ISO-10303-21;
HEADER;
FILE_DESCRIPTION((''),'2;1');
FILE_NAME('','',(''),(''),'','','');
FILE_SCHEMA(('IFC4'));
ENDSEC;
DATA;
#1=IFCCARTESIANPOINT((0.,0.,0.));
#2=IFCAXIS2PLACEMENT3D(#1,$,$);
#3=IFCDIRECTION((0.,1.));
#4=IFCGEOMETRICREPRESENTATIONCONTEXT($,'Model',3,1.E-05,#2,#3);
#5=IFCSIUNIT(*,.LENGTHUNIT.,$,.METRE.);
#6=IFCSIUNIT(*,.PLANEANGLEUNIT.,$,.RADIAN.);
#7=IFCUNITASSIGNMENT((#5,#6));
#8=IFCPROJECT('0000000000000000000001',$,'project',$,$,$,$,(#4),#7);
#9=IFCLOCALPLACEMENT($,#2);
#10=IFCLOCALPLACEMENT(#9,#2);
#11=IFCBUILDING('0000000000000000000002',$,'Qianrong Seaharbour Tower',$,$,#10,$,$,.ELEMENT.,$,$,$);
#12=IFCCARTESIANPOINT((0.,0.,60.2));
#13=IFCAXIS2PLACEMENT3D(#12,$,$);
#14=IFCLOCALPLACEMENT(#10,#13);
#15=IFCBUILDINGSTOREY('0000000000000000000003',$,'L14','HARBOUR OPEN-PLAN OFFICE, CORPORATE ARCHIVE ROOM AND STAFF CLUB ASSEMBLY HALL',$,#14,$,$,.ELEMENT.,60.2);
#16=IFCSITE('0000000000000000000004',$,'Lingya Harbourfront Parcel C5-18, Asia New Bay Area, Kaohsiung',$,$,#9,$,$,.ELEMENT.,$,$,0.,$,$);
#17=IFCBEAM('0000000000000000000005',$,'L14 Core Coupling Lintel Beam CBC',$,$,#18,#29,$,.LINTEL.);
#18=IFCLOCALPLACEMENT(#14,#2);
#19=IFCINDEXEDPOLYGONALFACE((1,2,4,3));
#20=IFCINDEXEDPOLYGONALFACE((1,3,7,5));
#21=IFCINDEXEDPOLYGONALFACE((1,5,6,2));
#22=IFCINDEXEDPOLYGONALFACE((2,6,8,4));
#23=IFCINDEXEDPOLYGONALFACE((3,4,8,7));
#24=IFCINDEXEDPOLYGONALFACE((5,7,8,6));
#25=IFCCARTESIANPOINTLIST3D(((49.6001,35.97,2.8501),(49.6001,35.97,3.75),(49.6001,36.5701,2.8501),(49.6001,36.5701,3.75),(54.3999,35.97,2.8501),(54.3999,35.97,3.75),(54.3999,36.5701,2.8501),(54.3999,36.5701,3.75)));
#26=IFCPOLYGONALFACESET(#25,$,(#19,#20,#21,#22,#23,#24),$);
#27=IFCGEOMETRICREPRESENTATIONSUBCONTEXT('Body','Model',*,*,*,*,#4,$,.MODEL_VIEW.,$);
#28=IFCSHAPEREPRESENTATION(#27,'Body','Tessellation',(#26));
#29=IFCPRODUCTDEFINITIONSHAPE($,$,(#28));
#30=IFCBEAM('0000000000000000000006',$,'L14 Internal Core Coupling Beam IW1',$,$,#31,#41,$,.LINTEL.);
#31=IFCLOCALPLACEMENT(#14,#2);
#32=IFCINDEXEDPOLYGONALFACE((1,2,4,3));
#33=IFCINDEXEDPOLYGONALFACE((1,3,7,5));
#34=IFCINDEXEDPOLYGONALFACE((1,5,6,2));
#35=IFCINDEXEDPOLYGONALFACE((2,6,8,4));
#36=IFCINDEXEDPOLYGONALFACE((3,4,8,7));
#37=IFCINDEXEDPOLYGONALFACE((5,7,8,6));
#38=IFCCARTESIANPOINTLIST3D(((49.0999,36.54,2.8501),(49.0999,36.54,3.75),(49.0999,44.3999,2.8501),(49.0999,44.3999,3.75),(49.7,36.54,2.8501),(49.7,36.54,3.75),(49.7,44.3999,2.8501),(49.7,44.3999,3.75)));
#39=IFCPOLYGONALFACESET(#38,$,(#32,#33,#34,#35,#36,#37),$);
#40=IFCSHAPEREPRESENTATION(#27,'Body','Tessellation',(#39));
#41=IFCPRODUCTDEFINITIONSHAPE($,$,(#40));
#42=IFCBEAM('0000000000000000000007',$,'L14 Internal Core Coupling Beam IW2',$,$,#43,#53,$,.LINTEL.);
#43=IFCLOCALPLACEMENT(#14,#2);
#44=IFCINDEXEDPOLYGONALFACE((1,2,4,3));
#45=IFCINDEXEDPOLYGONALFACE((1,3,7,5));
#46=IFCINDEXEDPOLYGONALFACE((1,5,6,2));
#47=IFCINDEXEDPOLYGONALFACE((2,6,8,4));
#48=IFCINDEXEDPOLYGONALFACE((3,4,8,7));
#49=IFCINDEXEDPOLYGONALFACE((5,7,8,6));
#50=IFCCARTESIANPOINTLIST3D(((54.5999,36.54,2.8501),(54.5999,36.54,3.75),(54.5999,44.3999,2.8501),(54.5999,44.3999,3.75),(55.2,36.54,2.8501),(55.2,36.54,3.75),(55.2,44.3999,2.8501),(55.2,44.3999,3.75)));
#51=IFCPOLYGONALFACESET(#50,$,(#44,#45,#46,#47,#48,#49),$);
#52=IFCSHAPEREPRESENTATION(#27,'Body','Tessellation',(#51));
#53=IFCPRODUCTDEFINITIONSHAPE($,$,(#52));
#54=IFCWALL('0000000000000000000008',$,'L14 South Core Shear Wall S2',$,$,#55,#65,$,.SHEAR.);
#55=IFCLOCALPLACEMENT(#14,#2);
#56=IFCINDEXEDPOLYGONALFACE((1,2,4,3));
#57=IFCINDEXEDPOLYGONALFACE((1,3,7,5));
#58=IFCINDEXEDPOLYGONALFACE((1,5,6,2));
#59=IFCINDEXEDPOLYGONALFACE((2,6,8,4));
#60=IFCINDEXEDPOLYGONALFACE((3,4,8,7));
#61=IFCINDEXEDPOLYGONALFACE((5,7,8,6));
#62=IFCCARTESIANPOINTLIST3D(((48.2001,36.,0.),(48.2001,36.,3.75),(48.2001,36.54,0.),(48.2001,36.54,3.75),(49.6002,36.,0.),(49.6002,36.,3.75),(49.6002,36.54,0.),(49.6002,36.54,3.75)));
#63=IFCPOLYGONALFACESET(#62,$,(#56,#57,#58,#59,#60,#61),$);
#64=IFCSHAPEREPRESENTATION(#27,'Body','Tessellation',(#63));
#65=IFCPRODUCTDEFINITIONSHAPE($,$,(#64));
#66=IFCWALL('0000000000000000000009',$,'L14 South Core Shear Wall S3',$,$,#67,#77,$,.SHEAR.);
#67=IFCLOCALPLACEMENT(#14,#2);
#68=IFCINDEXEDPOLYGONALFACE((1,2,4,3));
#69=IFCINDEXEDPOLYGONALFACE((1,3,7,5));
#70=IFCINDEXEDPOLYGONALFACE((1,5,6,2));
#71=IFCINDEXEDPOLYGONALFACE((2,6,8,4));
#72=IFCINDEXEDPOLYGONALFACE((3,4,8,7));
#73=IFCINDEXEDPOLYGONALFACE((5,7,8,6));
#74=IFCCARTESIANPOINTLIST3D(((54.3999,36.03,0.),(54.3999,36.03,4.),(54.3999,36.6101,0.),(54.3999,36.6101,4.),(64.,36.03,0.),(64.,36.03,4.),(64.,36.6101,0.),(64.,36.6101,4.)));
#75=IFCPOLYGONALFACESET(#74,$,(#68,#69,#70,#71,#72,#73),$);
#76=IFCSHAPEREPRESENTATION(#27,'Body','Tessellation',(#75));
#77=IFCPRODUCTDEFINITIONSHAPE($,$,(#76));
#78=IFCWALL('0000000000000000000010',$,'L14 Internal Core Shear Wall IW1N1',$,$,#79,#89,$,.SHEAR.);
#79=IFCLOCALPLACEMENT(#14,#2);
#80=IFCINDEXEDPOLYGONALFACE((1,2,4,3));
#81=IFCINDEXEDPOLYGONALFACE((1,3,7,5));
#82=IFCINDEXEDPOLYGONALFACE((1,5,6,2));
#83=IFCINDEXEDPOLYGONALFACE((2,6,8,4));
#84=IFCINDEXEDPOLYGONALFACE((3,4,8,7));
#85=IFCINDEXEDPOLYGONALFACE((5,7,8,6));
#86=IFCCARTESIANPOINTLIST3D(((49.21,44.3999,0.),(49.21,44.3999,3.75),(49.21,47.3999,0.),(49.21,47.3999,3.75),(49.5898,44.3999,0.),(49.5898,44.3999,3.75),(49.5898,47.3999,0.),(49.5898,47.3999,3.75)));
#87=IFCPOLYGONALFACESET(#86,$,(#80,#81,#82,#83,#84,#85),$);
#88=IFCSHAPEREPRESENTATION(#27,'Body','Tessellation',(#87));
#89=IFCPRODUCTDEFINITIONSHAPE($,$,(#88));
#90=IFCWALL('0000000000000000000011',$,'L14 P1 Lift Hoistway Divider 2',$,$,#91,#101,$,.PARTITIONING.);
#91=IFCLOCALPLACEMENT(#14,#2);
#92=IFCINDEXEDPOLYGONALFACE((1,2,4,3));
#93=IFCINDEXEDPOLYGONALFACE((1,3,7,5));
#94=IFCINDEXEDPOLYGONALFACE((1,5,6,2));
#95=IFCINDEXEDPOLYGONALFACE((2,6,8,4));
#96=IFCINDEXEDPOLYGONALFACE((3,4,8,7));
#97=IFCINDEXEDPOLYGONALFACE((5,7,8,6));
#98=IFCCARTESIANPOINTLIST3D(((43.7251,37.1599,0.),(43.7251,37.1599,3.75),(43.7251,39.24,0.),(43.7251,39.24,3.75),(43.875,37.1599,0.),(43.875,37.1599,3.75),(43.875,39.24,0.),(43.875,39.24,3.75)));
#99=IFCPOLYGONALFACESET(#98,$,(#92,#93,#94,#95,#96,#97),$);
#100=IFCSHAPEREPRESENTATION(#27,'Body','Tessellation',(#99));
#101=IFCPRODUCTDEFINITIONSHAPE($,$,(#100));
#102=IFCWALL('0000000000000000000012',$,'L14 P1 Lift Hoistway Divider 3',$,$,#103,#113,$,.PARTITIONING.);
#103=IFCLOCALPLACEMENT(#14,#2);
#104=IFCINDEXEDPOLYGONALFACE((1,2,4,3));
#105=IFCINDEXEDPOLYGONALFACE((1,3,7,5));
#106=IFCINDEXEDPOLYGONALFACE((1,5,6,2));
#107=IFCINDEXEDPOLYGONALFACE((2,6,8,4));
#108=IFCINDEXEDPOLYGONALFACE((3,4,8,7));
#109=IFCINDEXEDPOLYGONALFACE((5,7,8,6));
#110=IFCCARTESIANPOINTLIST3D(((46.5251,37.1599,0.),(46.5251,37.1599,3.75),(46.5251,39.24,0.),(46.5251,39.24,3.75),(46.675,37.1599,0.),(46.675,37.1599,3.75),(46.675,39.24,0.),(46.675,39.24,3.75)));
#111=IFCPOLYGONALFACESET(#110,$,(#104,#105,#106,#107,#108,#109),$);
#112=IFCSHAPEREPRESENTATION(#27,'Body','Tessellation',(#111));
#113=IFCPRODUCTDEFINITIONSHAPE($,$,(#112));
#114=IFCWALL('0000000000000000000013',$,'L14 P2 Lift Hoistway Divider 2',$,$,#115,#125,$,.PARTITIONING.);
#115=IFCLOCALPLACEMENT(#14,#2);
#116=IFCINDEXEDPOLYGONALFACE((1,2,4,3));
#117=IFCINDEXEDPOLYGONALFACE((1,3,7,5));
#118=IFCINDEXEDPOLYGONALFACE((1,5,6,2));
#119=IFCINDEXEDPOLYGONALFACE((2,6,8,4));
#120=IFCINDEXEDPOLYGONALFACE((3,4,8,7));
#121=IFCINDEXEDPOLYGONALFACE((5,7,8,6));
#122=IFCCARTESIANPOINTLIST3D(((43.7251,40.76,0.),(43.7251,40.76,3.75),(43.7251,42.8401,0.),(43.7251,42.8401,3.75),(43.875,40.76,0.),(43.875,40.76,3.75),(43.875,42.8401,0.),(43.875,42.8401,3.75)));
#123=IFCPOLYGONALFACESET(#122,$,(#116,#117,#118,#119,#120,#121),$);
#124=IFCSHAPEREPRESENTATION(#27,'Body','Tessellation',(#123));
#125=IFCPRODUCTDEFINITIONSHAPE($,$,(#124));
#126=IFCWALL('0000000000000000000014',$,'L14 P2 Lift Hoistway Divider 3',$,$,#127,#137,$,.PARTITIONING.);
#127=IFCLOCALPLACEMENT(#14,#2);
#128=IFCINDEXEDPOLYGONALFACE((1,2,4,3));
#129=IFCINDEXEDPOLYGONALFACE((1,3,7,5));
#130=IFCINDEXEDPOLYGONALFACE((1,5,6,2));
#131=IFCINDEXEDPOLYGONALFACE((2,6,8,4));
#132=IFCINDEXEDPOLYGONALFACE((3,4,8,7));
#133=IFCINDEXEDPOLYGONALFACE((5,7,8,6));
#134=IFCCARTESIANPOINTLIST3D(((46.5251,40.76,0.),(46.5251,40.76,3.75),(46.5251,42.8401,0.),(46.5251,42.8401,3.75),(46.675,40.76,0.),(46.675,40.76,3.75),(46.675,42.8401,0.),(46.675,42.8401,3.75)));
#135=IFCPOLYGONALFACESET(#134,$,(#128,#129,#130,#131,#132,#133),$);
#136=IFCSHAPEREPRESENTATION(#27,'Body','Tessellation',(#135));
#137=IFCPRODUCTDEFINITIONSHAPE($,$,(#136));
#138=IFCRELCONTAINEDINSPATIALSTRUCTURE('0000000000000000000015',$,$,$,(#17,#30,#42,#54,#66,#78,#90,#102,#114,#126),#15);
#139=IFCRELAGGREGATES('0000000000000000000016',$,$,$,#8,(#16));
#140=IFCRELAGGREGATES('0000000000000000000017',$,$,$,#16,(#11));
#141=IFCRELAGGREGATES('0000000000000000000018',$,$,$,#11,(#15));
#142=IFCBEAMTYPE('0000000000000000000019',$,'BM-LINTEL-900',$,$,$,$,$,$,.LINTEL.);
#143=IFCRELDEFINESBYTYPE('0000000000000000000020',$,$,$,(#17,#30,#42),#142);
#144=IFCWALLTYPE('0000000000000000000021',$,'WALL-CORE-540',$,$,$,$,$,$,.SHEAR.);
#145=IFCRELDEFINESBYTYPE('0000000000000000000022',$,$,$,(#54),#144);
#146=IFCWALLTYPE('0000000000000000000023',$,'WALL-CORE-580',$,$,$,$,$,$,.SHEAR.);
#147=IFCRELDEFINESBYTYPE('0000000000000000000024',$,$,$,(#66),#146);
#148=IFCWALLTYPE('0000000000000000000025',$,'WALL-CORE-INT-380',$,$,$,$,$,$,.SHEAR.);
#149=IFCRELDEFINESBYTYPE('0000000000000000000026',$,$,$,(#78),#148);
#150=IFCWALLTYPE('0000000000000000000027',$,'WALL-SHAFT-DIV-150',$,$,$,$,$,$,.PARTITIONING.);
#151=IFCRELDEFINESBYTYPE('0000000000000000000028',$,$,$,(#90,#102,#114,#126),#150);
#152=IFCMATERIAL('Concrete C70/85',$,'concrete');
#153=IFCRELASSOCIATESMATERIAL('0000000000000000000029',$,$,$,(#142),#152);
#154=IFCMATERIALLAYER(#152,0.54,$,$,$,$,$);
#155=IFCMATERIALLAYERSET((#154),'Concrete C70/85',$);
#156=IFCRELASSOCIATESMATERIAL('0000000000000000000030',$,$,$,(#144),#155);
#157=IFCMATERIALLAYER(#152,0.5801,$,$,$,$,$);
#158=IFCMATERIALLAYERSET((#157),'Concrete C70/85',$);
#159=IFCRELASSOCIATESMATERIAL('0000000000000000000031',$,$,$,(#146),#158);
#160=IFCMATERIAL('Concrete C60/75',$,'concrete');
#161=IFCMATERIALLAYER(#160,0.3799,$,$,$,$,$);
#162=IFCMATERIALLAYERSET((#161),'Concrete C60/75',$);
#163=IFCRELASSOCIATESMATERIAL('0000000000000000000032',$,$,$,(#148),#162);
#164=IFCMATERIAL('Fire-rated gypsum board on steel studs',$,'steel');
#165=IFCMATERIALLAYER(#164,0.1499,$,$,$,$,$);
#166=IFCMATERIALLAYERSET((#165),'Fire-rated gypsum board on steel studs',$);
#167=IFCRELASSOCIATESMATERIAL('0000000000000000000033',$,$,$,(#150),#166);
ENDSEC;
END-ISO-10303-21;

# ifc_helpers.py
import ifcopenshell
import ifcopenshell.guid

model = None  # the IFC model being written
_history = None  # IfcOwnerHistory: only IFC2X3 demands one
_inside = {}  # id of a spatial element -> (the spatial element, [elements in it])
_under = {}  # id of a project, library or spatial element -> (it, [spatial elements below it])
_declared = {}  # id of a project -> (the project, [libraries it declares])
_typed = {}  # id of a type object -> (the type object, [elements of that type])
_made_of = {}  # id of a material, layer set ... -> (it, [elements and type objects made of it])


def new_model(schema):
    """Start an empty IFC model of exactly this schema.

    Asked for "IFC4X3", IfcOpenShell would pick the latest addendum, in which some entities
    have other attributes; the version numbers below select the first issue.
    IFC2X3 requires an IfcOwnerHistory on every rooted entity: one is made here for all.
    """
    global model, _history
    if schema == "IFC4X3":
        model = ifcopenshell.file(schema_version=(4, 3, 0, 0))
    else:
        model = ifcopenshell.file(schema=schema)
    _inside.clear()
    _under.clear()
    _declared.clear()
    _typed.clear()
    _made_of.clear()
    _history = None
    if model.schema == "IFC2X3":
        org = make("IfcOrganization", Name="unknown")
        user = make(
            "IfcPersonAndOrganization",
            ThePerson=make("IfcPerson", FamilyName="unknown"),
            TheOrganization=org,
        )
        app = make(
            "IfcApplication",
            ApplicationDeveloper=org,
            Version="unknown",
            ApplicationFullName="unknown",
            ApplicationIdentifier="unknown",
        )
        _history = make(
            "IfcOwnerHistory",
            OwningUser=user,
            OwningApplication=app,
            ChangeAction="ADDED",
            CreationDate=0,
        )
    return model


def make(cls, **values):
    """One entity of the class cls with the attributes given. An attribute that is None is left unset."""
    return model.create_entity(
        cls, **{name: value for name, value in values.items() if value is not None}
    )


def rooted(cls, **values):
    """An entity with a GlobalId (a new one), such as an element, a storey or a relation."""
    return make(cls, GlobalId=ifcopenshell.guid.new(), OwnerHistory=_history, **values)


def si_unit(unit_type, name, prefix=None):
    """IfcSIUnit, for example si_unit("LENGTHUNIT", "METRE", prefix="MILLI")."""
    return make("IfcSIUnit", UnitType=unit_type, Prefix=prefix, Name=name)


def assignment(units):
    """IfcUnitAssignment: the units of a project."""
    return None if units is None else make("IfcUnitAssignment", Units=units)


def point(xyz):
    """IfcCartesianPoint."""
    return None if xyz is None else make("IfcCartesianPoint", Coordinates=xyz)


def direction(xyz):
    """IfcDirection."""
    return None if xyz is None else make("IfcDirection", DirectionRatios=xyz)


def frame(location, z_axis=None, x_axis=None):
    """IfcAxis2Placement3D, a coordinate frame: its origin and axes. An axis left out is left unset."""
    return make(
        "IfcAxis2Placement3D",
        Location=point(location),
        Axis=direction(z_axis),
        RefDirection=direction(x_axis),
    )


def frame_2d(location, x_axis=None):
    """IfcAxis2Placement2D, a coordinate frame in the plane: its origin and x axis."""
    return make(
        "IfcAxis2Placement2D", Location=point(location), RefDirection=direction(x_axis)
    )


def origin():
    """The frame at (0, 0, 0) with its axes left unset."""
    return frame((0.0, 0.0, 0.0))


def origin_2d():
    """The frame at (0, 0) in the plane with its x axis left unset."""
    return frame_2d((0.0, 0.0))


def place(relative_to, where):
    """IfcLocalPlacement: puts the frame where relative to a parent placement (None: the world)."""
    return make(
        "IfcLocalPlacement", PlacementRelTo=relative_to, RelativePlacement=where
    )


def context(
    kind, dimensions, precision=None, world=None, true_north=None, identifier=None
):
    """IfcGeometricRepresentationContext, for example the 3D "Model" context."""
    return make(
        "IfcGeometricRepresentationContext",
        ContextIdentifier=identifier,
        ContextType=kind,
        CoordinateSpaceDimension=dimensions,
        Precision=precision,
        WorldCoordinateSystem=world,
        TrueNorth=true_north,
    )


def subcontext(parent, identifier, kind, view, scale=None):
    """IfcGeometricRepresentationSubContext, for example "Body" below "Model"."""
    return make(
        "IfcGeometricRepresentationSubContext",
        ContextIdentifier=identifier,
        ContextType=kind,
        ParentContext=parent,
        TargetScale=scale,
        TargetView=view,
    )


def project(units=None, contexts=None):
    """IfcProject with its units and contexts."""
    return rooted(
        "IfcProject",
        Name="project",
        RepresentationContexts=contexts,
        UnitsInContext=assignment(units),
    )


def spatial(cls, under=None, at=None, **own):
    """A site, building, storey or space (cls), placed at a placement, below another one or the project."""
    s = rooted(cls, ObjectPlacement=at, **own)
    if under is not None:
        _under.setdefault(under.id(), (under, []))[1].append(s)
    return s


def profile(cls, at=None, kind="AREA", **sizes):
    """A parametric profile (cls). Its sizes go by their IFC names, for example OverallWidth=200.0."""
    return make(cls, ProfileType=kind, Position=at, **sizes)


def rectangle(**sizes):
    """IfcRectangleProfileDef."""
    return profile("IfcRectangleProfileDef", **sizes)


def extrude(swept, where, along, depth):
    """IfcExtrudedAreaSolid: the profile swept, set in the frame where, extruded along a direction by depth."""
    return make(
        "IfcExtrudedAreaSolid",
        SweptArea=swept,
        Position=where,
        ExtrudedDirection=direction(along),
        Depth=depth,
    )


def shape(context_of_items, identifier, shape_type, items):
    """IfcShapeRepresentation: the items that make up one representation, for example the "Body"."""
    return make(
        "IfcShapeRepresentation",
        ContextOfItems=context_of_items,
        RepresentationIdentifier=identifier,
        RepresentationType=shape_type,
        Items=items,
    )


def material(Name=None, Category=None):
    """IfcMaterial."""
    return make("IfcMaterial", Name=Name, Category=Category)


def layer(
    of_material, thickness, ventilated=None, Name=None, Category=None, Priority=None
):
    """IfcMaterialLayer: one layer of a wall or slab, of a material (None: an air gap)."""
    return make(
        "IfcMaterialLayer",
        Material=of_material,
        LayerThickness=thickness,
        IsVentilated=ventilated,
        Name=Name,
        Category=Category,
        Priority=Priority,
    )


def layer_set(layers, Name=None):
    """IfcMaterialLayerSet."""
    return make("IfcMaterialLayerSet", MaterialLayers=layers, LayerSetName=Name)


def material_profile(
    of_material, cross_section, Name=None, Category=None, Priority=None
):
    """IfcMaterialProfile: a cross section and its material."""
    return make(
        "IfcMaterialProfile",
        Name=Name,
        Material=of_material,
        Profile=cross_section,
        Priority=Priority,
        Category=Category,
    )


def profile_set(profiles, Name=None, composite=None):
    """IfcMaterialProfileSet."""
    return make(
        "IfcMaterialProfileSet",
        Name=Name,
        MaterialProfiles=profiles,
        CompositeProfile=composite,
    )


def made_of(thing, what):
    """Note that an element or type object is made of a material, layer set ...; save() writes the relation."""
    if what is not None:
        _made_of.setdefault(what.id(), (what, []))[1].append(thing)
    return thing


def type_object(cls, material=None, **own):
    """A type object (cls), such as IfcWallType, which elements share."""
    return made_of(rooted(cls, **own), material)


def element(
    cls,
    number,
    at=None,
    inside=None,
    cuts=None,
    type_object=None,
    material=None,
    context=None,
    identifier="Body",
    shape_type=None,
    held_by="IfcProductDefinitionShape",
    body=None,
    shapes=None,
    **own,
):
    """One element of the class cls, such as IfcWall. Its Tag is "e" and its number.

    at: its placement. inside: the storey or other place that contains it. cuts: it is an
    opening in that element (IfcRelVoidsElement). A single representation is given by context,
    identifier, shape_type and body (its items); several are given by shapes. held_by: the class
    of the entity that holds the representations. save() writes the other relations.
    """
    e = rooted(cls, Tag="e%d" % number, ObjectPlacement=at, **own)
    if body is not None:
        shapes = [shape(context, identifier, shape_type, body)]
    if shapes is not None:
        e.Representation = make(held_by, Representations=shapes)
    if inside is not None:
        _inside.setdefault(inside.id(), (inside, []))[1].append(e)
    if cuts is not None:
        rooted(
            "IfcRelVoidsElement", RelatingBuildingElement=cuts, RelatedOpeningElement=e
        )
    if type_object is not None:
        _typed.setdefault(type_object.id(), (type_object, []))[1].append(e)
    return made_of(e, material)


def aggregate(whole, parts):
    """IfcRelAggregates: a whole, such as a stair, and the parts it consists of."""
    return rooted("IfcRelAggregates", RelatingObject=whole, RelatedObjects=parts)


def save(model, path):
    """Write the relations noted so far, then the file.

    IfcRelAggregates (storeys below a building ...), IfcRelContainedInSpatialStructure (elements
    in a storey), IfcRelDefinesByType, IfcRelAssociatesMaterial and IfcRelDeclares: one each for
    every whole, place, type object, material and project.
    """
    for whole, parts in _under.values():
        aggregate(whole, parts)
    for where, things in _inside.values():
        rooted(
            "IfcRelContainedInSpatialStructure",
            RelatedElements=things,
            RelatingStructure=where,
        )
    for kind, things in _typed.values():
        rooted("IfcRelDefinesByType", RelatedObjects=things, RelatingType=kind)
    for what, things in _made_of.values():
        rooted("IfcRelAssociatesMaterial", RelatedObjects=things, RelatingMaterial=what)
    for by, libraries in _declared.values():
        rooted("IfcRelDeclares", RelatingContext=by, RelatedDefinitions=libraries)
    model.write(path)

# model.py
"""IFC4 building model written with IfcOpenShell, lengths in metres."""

from ifc_helpers import new_model, si_unit, direction, frame, frame_2d, origin, origin_2d, place, context, subcontext, project, spatial, rectangle, extrude, material, layer, layer_set, material_profile, profile_set, type_object, element, save


model = new_model("IFC4")

# Units and contexts
model_context = context("Model", 3, precision=1e-05, world=origin(), true_north=direction((0.0, 1.0)))
body_context = subcontext(model_context, "Body", "Model", "MODEL_VIEW")
ifc_project = project(units=[si_unit("LENGTHUNIT", "METRE"), si_unit("PLANEANGLEUNIT", "RADIAN")], contexts=[model_context])

# Site, building, storey
site_placement = place(None, origin())
site = spatial("IfcSite", under=ifc_project, at=site_placement, Name="Lingya Harbourfront Parcel C5-18, Asia New Bay Area, Kaohsiung", CompositionType="ELEMENT", RefElevation=0.0)
building_placement = place(site_placement, origin())
building = spatial("IfcBuilding", under=site, at=building_placement, Name="Qianrong Seaharbour Tower", CompositionType="ELEMENT")
storey_placement = place(building_placement, frame((0.0, 0.0, 60.2)))
storey = spatial("IfcBuildingStorey", under=building, at=storey_placement, Name="L14", Description="HARBOUR OPEN-PLAN OFFICE, CORPORATE ARCHIVE ROOM AND STAFF CLUB ASSEMBLY HALL", CompositionType="ELEMENT", Elevation=60.2)

# Beams
ifc_material_1 = material(Name="Concrete C70/85", Category="concrete")
ifc_material_profile = material_profile(ifc_material_1, rectangle(XDim=0.6001, YDim=0.8999, at=origin_2d()), Name="RC600x900")
ifc_profile_set = profile_set([ifc_material_profile], Name="Concrete C70/85")
beam_type = type_object("IfcBeamType", Name="BM-LINTEL-900", PredefinedType="LINTEL", material=ifc_profile_set)
beam_placement = place(storey_placement, frame((49.6001, 36.27, 3.3), z_axis=(1.0, 0.0, 0.0), x_axis=(0.0, 1.0, 0.0)))
element("IfcBeam", 1, at=beam_placement, inside=storey, type_object=beam_type, Name="L14 Core Coupling Lintel Beam CBC", PredefinedType="LINTEL", context=body_context, shape_type="SweptSolid", body=[
    extrude(rectangle(XDim=0.6001, YDim=0.8999, at=origin_2d()), origin(), (0.0, 0.0, 1.0), 4.7998),
])
for number, where, z_axis, x_axis, name in (
    (2, (49.3999, 36.54, 3.3), (0.0, 1.0, 0.0), (-1.0, 0.0, 0.0), "L14 Internal Core Coupling Beam IW1"),
    (3, (54.8999, 36.54, 3.3), (0.0, 1.0, 0.0), (-1.0, 0.0, 0.0), "L14 Internal Core Coupling Beam IW2"),
):
    element("IfcBeam", number, at=place(storey_placement, frame(where, z_axis=z_axis, x_axis=x_axis)), inside=storey, type_object=beam_type, Name=name, PredefinedType="LINTEL", context=body_context, shape_type="SweptSolid", body=[
        extrude(rectangle(XDim=0.6001, YDim=0.8999, at=origin_2d()), origin(), (0.0, 0.0, 1.0), 7.8599),
    ])

# Walls
ifc_layer_1 = layer(ifc_material_1, 0.54)
ifc_layer_set_1 = layer_set([ifc_layer_1], Name="Concrete C70/85")
wall_type_1 = type_object("IfcWallType", Name="WALL-CORE-540", PredefinedType="SHEAR", material=ifc_layer_set_1)
wall_1_placement = place(storey_placement, frame((48.2, 36.27, 0.0), z_axis=(0.0, 0.0, 1.0), x_axis=(1.0, 0.0, 0.0)))
element("IfcWall", 4, at=wall_1_placement, inside=storey, type_object=wall_type_1, Name="L14 South Core Shear Wall S2", PredefinedType="SHEAR", context=body_context, shape_type="SweptSolid", body=[
    extrude(rectangle(XDim=1.4001, YDim=0.54, at=frame_2d((0.7002, 0.0))), origin(), (0.0, 0.0, 1.0), 3.75),
])
ifc_layer_2 = layer(ifc_material_1, 0.5801)
ifc_layer_set_2 = layer_set([ifc_layer_2], Name="Concrete C70/85")
wall_type_2 = type_object("IfcWallType", Name="WALL-CORE-580", PredefinedType="SHEAR", material=ifc_layer_set_2)
wall_2_placement = place(storey_placement, frame((54.3999, 36.3201, 0.0), z_axis=(0.0, 0.0, 1.0), x_axis=(1.0, 0.0, 0.0)))
element("IfcWall", 5, at=wall_2_placement, inside=storey, type_object=wall_type_2, Name="L14 South Core Shear Wall S3", PredefinedType="SHEAR", context=body_context, shape_type="SweptSolid", body=[
    extrude(rectangle(XDim=9.6001, YDim=0.5801, at=frame_2d((4.8, 0.0))), origin(), (0.0, 0.0, 1.0), 4.0),
])
ifc_material_2 = material(Name="Concrete C60/75", Category="concrete")
ifc_layer_3 = layer(ifc_material_2, 0.3799)
ifc_layer_set_3 = layer_set([ifc_layer_3], Name="Concrete C60/75")
wall_type_3 = type_object("IfcWallType", Name="WALL-CORE-INT-380", PredefinedType="SHEAR", material=ifc_layer_set_3)
wall_3_placement = place(storey_placement, frame((49.3999, 44.3999, 0.0), z_axis=(0.0, 0.0, 1.0), x_axis=(0.0, 1.0, 0.0)))
element("IfcWall", 6, at=wall_3_placement, inside=storey, type_object=wall_type_3, Name="L14 Internal Core Shear Wall IW1N1", PredefinedType="SHEAR", context=body_context, shape_type="SweptSolid", body=[
    extrude(rectangle(XDim=3.0, YDim=0.3799, at=frame_2d((1.5, 0.0))), origin(), (0.0, 0.0, 1.0), 3.75),
])
ifc_material_3 = material(Name="Fire-rated gypsum board on steel studs", Category="steel")
ifc_layer_4 = layer(ifc_material_3, 0.1499)
ifc_layer_set_4 = layer_set([ifc_layer_4], Name="Fire-rated gypsum board on steel studs")
wall_type_4 = type_object("IfcWallType", Name="WALL-SHAFT-DIV-150", PredefinedType="PARTITIONING", material=ifc_layer_set_4)
for number, where, z_axis, x_axis, name in (
    (7, (43.8, 37.1599, 0.0), (0.0, 0.0, 1.0), (0.0, 1.0, 0.0), "L14 P1 Lift Hoistway Divider 2"),
    (8, (46.6001, 37.1599, 0.0), (0.0, 0.0, 1.0), (0.0, 1.0, 0.0), "L14 P1 Lift Hoistway Divider 3"),
    (9, (43.8, 40.76, 0.0), (0.0, 0.0, 1.0), (0.0, 1.0, 0.0), "L14 P2 Lift Hoistway Divider 2"),
    (10, (46.6001, 40.76, 0.0), (0.0, 0.0, 1.0), (0.0, 1.0, 0.0), "L14 P2 Lift Hoistway Divider 3"),
):
    element("IfcWall", number, at=place(storey_placement, frame(where, z_axis=z_axis, x_axis=x_axis)), inside=storey, type_object=wall_type_4, Name=name, PredefinedType="PARTITIONING", context=body_context, shape_type="SweptSolid", body=[
        extrude(rectangle(XDim=2.0801, YDim=0.1499, at=frame_2d((1.04, 0.0))), origin(), (0.0, 0.0, 1.0), 3.75),
    ])

save(model, "model.ifc")
